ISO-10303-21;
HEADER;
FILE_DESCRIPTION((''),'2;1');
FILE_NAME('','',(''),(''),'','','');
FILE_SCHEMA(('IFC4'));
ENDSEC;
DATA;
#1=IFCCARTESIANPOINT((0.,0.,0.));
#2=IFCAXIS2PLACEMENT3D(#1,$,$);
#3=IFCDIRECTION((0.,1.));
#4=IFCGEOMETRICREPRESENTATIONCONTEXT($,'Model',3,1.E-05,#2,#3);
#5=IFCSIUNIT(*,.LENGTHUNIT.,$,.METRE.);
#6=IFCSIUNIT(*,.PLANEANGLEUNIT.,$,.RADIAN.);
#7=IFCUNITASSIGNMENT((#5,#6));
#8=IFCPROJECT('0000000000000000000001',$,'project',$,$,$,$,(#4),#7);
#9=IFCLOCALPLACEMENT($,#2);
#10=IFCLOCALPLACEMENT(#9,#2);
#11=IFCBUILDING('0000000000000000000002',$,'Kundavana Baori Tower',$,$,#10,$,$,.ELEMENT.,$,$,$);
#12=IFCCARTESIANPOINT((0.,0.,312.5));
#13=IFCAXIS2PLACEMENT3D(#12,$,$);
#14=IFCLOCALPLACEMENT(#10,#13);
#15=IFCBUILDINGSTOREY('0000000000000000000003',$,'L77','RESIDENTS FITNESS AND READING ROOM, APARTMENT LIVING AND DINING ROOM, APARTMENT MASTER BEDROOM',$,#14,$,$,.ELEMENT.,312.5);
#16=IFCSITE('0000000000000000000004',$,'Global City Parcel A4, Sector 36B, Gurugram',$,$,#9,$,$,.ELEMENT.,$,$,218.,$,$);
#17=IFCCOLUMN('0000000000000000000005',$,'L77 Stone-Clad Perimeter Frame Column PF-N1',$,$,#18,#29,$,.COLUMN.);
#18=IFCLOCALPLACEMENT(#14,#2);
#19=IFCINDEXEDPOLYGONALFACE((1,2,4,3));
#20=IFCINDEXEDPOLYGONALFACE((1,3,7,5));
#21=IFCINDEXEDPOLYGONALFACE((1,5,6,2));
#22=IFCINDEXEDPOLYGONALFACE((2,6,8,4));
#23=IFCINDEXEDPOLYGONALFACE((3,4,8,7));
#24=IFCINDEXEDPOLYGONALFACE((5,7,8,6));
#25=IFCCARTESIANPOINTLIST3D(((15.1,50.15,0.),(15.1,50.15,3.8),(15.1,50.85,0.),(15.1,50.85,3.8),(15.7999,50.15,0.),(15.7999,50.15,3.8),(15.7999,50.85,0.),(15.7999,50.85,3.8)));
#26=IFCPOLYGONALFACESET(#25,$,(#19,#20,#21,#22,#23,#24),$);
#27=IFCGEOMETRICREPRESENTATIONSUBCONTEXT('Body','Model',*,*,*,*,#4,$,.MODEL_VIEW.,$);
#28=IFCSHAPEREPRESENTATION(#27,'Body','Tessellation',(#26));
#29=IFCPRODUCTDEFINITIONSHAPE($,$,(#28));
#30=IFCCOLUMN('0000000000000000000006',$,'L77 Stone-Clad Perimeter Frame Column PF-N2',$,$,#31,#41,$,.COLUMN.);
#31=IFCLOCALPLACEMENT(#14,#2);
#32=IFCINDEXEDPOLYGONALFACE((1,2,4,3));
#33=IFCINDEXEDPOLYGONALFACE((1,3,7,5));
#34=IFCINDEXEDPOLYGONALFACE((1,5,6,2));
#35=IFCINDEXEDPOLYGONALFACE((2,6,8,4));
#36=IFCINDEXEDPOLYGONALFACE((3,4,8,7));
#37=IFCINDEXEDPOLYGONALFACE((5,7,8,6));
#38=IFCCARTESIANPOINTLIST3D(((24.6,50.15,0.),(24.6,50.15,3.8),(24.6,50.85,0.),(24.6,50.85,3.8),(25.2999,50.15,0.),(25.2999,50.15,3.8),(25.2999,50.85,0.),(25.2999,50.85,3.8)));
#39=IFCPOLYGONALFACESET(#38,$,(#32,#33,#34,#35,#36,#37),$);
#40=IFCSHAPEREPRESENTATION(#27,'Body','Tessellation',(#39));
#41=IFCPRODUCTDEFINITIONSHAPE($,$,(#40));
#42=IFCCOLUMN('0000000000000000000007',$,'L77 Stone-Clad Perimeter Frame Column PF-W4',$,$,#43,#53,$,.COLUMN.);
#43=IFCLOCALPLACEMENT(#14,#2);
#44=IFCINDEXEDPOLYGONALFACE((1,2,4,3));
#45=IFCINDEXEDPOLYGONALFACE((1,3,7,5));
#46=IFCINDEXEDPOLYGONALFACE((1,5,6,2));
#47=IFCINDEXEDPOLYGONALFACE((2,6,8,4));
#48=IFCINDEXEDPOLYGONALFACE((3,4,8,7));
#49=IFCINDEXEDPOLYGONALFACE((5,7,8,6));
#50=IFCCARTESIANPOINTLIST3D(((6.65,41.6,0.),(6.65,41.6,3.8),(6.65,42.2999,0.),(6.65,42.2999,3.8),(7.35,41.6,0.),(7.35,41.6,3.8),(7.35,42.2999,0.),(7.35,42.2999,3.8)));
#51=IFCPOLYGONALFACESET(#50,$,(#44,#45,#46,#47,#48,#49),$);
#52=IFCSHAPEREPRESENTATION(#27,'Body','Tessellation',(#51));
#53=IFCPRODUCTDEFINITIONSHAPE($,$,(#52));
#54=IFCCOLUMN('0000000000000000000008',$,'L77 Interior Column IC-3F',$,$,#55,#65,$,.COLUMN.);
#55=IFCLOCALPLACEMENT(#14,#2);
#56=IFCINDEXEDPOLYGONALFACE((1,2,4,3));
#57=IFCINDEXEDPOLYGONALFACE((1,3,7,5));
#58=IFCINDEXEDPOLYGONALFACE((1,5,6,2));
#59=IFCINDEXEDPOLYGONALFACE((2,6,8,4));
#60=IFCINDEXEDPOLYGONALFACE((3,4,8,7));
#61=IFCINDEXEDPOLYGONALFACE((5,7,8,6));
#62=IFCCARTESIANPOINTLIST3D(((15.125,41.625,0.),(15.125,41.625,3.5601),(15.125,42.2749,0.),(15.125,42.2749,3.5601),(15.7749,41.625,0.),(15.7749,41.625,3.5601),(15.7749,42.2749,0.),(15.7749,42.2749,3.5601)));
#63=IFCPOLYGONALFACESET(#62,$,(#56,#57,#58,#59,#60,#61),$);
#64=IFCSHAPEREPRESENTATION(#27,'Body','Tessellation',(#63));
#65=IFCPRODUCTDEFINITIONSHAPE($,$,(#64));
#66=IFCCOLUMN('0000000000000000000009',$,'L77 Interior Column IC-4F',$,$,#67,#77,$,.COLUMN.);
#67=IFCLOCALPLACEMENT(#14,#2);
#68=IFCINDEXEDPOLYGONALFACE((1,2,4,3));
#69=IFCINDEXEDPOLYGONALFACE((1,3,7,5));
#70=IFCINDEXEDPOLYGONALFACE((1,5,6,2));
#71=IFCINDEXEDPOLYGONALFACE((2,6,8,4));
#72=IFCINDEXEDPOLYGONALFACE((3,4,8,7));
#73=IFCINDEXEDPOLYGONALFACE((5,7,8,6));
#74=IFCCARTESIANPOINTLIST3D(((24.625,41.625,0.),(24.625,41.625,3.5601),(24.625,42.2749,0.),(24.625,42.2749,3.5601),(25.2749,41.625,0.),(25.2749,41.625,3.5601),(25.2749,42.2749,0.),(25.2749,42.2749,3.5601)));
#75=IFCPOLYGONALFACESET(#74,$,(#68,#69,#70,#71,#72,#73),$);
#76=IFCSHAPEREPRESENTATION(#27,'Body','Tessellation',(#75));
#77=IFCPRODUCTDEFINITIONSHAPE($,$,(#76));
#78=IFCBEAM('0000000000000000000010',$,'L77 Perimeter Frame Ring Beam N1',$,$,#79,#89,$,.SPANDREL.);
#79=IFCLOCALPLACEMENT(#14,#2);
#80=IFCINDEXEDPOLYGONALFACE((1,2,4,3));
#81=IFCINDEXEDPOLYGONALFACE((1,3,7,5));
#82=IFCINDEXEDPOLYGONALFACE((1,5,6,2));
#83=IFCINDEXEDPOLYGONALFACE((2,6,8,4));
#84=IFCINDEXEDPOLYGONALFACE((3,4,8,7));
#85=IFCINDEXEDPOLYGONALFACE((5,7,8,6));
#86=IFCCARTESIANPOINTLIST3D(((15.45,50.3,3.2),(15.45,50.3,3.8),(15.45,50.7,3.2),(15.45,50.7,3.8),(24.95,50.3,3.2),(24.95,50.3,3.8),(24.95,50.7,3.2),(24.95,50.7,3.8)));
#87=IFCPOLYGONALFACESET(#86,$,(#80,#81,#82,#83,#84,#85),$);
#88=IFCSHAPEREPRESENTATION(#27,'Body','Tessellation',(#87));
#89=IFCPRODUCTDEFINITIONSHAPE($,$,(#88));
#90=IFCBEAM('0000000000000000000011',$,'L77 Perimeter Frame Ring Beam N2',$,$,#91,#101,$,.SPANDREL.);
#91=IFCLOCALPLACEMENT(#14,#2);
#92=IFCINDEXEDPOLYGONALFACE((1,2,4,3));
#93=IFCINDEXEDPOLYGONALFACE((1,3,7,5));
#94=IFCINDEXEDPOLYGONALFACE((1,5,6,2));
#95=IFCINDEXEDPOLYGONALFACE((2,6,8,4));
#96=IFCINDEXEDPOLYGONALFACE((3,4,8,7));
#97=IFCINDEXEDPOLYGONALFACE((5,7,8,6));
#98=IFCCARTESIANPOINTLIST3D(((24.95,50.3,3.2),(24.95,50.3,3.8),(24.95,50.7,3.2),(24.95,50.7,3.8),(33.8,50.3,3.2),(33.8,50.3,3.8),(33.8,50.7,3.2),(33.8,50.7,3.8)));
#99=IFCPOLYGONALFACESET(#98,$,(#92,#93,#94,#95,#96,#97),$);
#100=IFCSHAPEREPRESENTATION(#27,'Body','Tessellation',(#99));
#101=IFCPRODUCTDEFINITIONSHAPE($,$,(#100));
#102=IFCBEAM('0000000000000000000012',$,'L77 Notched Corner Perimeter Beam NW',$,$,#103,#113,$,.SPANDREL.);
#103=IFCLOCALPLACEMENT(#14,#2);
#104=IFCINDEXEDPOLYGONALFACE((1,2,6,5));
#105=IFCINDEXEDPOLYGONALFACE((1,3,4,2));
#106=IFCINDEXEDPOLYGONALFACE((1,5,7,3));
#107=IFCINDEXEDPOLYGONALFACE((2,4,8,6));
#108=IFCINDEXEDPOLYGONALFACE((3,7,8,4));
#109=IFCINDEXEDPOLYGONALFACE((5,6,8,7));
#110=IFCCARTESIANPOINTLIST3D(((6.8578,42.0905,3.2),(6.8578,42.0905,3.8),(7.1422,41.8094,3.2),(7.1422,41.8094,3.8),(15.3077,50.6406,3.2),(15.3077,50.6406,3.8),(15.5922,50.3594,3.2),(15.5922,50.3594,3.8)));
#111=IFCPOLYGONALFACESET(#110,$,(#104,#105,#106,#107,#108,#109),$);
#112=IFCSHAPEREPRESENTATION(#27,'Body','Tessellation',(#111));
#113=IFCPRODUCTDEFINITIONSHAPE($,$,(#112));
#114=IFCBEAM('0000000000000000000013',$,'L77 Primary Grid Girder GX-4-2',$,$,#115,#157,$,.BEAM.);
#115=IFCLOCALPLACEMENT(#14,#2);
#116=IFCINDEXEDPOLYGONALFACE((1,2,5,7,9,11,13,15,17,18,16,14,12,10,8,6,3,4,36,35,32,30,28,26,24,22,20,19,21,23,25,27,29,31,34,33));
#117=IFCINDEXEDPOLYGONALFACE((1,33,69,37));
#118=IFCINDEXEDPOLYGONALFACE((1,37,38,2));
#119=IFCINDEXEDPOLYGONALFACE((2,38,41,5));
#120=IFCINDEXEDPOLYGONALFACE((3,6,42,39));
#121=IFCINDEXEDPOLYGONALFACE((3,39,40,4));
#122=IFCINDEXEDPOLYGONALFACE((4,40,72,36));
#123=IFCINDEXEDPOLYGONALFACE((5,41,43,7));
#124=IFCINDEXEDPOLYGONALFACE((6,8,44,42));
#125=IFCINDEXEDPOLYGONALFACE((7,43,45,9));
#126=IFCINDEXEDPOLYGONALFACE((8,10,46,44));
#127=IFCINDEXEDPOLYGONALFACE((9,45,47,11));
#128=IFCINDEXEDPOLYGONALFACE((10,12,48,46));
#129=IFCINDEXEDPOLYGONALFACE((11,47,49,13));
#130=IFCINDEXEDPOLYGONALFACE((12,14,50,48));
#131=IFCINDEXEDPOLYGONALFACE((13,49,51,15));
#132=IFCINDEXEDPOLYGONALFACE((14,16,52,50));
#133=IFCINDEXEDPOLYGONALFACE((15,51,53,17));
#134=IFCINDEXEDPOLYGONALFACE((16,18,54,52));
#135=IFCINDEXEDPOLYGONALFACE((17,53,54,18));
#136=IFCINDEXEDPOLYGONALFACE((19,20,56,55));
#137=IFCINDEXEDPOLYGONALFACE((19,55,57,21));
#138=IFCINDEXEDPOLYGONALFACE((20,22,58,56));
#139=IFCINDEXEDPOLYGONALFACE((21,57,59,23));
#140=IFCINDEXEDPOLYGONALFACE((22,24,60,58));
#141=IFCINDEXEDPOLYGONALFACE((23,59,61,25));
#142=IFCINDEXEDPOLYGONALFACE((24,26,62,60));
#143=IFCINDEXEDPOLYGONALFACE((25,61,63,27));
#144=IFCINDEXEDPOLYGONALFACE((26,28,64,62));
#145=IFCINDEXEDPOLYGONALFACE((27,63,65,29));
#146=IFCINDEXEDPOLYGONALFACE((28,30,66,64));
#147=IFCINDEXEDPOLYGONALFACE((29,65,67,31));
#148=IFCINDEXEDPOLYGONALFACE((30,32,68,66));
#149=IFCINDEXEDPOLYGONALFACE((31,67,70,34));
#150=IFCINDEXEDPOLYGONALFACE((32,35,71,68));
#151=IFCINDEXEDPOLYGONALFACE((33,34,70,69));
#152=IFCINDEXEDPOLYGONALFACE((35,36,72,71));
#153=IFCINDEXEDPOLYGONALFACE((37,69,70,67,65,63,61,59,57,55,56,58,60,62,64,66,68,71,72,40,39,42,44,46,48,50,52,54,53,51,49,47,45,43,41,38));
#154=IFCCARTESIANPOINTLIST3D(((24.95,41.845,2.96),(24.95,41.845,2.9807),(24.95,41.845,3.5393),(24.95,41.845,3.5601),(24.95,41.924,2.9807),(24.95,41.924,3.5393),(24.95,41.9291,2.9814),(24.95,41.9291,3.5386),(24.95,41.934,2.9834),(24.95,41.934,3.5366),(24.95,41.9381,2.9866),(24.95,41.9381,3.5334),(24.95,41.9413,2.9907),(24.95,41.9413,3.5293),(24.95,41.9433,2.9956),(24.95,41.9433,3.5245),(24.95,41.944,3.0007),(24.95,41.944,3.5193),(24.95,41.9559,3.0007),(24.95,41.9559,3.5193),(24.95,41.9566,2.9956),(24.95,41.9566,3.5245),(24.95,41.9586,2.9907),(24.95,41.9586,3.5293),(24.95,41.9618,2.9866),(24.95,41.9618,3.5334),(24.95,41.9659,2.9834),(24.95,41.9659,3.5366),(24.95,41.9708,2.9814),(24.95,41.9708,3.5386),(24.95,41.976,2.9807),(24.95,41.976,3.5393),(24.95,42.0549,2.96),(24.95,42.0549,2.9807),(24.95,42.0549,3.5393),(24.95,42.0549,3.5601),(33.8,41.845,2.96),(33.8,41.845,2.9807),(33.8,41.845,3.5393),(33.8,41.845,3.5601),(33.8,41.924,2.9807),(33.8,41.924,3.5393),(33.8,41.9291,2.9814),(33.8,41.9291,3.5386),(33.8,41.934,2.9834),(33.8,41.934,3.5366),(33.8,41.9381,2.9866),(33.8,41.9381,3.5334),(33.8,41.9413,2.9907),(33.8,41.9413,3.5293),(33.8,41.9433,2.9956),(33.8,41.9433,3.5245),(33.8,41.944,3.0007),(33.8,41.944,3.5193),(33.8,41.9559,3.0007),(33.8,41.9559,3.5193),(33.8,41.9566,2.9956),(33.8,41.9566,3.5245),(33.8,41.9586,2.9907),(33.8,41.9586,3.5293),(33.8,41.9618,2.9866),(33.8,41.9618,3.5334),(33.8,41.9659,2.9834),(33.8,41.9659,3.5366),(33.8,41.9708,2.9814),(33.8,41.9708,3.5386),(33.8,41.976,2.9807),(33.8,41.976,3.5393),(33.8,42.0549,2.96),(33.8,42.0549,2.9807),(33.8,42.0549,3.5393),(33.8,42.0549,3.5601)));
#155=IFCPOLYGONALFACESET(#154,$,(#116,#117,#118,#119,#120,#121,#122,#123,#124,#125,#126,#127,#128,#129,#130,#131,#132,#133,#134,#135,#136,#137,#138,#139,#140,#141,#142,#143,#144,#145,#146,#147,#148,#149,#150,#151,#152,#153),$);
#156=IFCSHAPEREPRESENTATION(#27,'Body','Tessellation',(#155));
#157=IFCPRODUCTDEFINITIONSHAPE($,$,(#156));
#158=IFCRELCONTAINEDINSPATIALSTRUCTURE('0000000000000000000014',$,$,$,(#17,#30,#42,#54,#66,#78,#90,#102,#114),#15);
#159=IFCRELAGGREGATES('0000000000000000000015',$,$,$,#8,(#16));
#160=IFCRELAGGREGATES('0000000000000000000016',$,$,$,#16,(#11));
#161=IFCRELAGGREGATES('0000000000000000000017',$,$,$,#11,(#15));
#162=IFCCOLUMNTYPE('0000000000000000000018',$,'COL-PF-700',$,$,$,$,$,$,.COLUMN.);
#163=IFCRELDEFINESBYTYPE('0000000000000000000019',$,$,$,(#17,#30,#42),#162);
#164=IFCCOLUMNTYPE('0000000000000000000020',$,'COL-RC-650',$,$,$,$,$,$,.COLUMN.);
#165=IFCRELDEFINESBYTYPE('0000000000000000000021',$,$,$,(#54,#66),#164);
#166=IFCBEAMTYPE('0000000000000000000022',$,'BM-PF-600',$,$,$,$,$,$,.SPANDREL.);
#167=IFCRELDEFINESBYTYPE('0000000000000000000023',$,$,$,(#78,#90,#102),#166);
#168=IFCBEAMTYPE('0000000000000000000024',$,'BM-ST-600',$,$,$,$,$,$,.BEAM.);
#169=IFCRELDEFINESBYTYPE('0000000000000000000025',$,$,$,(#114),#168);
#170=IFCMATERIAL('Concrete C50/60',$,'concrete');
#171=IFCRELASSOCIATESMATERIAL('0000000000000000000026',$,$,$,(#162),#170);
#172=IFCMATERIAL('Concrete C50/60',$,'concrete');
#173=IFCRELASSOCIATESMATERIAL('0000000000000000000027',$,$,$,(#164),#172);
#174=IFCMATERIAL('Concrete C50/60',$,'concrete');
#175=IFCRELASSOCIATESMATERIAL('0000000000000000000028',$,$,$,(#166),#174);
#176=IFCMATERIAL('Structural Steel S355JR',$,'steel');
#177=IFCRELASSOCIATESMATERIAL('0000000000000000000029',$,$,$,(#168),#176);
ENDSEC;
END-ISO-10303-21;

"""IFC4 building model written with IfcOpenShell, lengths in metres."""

from ifc_helpers import new_model, si_unit, direction, frame, origin, origin_2d, place, context, subcontext, project, spatial, rectangle, i_section, extrude, material, material_profile, profile_set, type_object, element, save


model = new_model("IFC4")

# Units and contexts
model_context = context("Model", 3, precision=1e-05, world=origin(), true_north=direction((0.0, 1.0)))
body_context = subcontext(model_context, "Body", "Model", "MODEL_VIEW")
ifc_project = project(units=[si_unit("LENGTHUNIT", "METRE"), si_unit("PLANEANGLEUNIT", "RADIAN")], contexts=[model_context])

# Site, building, storey
site_placement = place(None, origin())
site = spatial("IfcSite", under=ifc_project, at=site_placement, Name="Global City Parcel A4, Sector 36B, Gurugram", CompositionType="ELEMENT", RefElevation=218.0)
building_placement = place(site_placement, origin())
building = spatial("IfcBuilding", under=site, at=building_placement, Name="Kundavana Baori Tower", CompositionType="ELEMENT")
storey_placement = place(building_placement, frame((0.0, 0.0, 312.5)))
storey = spatial("IfcBuildingStorey", under=building, at=storey_placement, Name="L77", Description="RESIDENTS FITNESS AND READING ROOM, APARTMENT LIVING AND DINING ROOM, APARTMENT MASTER BEDROOM", CompositionType="ELEMENT", Elevation=312.5)

# Columns
ifc_material_1 = material(Name="Concrete C50/60", Category="concrete")
ifc_material_profile_1 = material_profile(ifc_material_1, rectangle(XDim=0.7, YDim=0.7, at=origin_2d()), Name="RC PF 700x700")
ifc_profile_set_1 = profile_set([ifc_material_profile_1], Name="Concrete C50/60")
column_type_1 = type_object("IfcColumnType", Name="COL-PF-700", PredefinedType="COLUMN", material=ifc_profile_set_1)
for number, where, z_axis, x_axis, name in (
    (1, (15.45, 50.5, 0.0), (0.0, 0.0, 1.0), (1.0, 0.0, 0.0), "L77 Stone-Clad Perimeter Frame Column PF-N1"),
    (2, (24.95, 50.5, 0.0), (0.0, 0.0, 1.0), (1.0, 0.0, 0.0), "L77 Stone-Clad Perimeter Frame Column PF-N2"),
    (3, (7.0, 41.95, 0.0), (0.0, 0.0, 1.0), (1.0, 0.0, 0.0), "L77 Stone-Clad Perimeter Frame Column PF-W4"),
):
    element("IfcColumn", number, at=place(storey_placement, frame(where, z_axis=z_axis, x_axis=x_axis)), inside=storey, type_object=column_type_1, Name=name, PredefinedType="COLUMN", context=body_context, shape_type="SweptSolid", body=[
        extrude(rectangle(XDim=0.7, YDim=0.7, at=origin_2d()), origin(), (0.0, 0.0, 1.0), 3.8),
    ])
ifc_material_2 = material(Name="Concrete C50/60", Category="concrete")
ifc_material_profile_2 = material_profile(ifc_material_2, rectangle(XDim=0.6499, YDim=0.6499, at=origin_2d()), Name="RC 650x650")
ifc_profile_set_2 = profile_set([ifc_material_profile_2], Name="Concrete C50/60")
column_type_2 = type_object("IfcColumnType", Name="COL-RC-650", PredefinedType="COLUMN", material=ifc_profile_set_2)
for number, where, z_axis, x_axis, name in (
    (4, (15.45, 41.95, 0.0), (0.0, 0.0, 1.0), (1.0, 0.0, 0.0), "L77 Interior Column IC-3F"),
    (5, (24.95, 41.95, 0.0), (0.0, 0.0, 1.0), (1.0, 0.0, 0.0), "L77 Interior Column IC-4F"),
):
    element("IfcColumn", number, at=place(storey_placement, frame(where, z_axis=z_axis, x_axis=x_axis)), inside=storey, type_object=column_type_2, Name=name, PredefinedType="COLUMN", context=body_context, shape_type="SweptSolid", body=[
        extrude(rectangle(XDim=0.6499, YDim=0.6499, at=origin_2d()), origin(), (0.0, 0.0, 1.0), 3.5601),
    ])

# Beams
ifc_material_3 = material(Name="Concrete C50/60", Category="concrete")
ifc_material_profile_3 = material_profile(ifc_material_3, rectangle(XDim=0.3999, YDim=0.6001, at=origin_2d()), Name="RC BM 400x600")
ifc_profile_set_3 = profile_set([ifc_material_profile_3], Name="Concrete C50/60")
beam_type_1 = type_object("IfcBeamType", Name="BM-PF-600", PredefinedType="SPANDREL", material=ifc_profile_set_3)
beam_1_placement = place(storey_placement, frame((15.45, 50.5, 3.5), z_axis=(1.0, 0.0, 0.0), x_axis=(0.0, 1.0, 0.0)))
element("IfcBeam", 6, at=beam_1_placement, inside=storey, type_object=beam_type_1, Name="L77 Perimeter Frame Ring Beam N1", PredefinedType="SPANDREL", context=body_context, shape_type="SweptSolid", body=[
    extrude(rectangle(XDim=0.3999, YDim=0.6001, at=origin_2d()), origin(), (0.0, 0.0, 1.0), 9.5),
])
beam_2_placement = place(storey_placement, frame((24.95, 50.5, 3.5), z_axis=(1.0, 0.0, 0.0), x_axis=(0.0, 1.0, 0.0)))
element("IfcBeam", 7, at=beam_2_placement, inside=storey, type_object=beam_type_1, Name="L77 Perimeter Frame Ring Beam N2", PredefinedType="SPANDREL", context=body_context, shape_type="SweptSolid", body=[
    extrude(rectangle(XDim=0.3999, YDim=0.6001, at=origin_2d()), origin(), (0.0, 0.0, 1.0), 8.8501),
])
beam_3_placement = place(storey_placement, frame((15.45, 50.5, 3.5), z_axis=(-0.702931, -0.711258, 0.0), x_axis=(0.711258, -0.702931, 0.0)))
element("IfcBeam", 8, at=beam_3_placement, inside=storey, type_object=beam_type_1, Name="L77 Notched Corner Perimeter Beam NW", PredefinedType="SPANDREL", context=body_context, shape_type="SweptSolid", body=[
    extrude(rectangle(XDim=0.3999, YDim=0.6001, at=origin_2d()), origin(), (0.0, 0.0, 1.0), 12.021),
])
ifc_material_4 = material(Name="Structural Steel S355JR", Category="steel")
ifc_material_profile_4 = material_profile(ifc_material_4, i_section(OverallWidth=0.21, OverallDepth=0.6001, WebThickness=0.012, FlangeThickness=0.0208, FilletRadius=0.02, at=origin_2d()), Name="ISMB 600")
ifc_profile_set_4 = profile_set([ifc_material_profile_4], Name="Structural Steel S355JR")
beam_type_2 = type_object("IfcBeamType", Name="BM-ST-600", PredefinedType="BEAM", material=ifc_profile_set_4)
beam_4_placement = place(storey_placement, frame((24.95, 41.95, 3.26), z_axis=(1.0, 0.0, 0.0), x_axis=(0.0, 1.0, 0.0)))
element("IfcBeam", 9, at=beam_4_placement, inside=storey, type_object=beam_type_2, Name="L77 Primary Grid Girder GX-4-2", PredefinedType="BEAM", context=body_context, shape_type="SweptSolid", body=[
    extrude(i_section(OverallWidth=0.21, OverallDepth=0.6001, WebThickness=0.012, FlangeThickness=0.0208, FilletRadius=0.02, at=origin_2d()), origin(), (0.0, 0.0, 1.0), 8.8501),
])

save(model, "model.ifc")
